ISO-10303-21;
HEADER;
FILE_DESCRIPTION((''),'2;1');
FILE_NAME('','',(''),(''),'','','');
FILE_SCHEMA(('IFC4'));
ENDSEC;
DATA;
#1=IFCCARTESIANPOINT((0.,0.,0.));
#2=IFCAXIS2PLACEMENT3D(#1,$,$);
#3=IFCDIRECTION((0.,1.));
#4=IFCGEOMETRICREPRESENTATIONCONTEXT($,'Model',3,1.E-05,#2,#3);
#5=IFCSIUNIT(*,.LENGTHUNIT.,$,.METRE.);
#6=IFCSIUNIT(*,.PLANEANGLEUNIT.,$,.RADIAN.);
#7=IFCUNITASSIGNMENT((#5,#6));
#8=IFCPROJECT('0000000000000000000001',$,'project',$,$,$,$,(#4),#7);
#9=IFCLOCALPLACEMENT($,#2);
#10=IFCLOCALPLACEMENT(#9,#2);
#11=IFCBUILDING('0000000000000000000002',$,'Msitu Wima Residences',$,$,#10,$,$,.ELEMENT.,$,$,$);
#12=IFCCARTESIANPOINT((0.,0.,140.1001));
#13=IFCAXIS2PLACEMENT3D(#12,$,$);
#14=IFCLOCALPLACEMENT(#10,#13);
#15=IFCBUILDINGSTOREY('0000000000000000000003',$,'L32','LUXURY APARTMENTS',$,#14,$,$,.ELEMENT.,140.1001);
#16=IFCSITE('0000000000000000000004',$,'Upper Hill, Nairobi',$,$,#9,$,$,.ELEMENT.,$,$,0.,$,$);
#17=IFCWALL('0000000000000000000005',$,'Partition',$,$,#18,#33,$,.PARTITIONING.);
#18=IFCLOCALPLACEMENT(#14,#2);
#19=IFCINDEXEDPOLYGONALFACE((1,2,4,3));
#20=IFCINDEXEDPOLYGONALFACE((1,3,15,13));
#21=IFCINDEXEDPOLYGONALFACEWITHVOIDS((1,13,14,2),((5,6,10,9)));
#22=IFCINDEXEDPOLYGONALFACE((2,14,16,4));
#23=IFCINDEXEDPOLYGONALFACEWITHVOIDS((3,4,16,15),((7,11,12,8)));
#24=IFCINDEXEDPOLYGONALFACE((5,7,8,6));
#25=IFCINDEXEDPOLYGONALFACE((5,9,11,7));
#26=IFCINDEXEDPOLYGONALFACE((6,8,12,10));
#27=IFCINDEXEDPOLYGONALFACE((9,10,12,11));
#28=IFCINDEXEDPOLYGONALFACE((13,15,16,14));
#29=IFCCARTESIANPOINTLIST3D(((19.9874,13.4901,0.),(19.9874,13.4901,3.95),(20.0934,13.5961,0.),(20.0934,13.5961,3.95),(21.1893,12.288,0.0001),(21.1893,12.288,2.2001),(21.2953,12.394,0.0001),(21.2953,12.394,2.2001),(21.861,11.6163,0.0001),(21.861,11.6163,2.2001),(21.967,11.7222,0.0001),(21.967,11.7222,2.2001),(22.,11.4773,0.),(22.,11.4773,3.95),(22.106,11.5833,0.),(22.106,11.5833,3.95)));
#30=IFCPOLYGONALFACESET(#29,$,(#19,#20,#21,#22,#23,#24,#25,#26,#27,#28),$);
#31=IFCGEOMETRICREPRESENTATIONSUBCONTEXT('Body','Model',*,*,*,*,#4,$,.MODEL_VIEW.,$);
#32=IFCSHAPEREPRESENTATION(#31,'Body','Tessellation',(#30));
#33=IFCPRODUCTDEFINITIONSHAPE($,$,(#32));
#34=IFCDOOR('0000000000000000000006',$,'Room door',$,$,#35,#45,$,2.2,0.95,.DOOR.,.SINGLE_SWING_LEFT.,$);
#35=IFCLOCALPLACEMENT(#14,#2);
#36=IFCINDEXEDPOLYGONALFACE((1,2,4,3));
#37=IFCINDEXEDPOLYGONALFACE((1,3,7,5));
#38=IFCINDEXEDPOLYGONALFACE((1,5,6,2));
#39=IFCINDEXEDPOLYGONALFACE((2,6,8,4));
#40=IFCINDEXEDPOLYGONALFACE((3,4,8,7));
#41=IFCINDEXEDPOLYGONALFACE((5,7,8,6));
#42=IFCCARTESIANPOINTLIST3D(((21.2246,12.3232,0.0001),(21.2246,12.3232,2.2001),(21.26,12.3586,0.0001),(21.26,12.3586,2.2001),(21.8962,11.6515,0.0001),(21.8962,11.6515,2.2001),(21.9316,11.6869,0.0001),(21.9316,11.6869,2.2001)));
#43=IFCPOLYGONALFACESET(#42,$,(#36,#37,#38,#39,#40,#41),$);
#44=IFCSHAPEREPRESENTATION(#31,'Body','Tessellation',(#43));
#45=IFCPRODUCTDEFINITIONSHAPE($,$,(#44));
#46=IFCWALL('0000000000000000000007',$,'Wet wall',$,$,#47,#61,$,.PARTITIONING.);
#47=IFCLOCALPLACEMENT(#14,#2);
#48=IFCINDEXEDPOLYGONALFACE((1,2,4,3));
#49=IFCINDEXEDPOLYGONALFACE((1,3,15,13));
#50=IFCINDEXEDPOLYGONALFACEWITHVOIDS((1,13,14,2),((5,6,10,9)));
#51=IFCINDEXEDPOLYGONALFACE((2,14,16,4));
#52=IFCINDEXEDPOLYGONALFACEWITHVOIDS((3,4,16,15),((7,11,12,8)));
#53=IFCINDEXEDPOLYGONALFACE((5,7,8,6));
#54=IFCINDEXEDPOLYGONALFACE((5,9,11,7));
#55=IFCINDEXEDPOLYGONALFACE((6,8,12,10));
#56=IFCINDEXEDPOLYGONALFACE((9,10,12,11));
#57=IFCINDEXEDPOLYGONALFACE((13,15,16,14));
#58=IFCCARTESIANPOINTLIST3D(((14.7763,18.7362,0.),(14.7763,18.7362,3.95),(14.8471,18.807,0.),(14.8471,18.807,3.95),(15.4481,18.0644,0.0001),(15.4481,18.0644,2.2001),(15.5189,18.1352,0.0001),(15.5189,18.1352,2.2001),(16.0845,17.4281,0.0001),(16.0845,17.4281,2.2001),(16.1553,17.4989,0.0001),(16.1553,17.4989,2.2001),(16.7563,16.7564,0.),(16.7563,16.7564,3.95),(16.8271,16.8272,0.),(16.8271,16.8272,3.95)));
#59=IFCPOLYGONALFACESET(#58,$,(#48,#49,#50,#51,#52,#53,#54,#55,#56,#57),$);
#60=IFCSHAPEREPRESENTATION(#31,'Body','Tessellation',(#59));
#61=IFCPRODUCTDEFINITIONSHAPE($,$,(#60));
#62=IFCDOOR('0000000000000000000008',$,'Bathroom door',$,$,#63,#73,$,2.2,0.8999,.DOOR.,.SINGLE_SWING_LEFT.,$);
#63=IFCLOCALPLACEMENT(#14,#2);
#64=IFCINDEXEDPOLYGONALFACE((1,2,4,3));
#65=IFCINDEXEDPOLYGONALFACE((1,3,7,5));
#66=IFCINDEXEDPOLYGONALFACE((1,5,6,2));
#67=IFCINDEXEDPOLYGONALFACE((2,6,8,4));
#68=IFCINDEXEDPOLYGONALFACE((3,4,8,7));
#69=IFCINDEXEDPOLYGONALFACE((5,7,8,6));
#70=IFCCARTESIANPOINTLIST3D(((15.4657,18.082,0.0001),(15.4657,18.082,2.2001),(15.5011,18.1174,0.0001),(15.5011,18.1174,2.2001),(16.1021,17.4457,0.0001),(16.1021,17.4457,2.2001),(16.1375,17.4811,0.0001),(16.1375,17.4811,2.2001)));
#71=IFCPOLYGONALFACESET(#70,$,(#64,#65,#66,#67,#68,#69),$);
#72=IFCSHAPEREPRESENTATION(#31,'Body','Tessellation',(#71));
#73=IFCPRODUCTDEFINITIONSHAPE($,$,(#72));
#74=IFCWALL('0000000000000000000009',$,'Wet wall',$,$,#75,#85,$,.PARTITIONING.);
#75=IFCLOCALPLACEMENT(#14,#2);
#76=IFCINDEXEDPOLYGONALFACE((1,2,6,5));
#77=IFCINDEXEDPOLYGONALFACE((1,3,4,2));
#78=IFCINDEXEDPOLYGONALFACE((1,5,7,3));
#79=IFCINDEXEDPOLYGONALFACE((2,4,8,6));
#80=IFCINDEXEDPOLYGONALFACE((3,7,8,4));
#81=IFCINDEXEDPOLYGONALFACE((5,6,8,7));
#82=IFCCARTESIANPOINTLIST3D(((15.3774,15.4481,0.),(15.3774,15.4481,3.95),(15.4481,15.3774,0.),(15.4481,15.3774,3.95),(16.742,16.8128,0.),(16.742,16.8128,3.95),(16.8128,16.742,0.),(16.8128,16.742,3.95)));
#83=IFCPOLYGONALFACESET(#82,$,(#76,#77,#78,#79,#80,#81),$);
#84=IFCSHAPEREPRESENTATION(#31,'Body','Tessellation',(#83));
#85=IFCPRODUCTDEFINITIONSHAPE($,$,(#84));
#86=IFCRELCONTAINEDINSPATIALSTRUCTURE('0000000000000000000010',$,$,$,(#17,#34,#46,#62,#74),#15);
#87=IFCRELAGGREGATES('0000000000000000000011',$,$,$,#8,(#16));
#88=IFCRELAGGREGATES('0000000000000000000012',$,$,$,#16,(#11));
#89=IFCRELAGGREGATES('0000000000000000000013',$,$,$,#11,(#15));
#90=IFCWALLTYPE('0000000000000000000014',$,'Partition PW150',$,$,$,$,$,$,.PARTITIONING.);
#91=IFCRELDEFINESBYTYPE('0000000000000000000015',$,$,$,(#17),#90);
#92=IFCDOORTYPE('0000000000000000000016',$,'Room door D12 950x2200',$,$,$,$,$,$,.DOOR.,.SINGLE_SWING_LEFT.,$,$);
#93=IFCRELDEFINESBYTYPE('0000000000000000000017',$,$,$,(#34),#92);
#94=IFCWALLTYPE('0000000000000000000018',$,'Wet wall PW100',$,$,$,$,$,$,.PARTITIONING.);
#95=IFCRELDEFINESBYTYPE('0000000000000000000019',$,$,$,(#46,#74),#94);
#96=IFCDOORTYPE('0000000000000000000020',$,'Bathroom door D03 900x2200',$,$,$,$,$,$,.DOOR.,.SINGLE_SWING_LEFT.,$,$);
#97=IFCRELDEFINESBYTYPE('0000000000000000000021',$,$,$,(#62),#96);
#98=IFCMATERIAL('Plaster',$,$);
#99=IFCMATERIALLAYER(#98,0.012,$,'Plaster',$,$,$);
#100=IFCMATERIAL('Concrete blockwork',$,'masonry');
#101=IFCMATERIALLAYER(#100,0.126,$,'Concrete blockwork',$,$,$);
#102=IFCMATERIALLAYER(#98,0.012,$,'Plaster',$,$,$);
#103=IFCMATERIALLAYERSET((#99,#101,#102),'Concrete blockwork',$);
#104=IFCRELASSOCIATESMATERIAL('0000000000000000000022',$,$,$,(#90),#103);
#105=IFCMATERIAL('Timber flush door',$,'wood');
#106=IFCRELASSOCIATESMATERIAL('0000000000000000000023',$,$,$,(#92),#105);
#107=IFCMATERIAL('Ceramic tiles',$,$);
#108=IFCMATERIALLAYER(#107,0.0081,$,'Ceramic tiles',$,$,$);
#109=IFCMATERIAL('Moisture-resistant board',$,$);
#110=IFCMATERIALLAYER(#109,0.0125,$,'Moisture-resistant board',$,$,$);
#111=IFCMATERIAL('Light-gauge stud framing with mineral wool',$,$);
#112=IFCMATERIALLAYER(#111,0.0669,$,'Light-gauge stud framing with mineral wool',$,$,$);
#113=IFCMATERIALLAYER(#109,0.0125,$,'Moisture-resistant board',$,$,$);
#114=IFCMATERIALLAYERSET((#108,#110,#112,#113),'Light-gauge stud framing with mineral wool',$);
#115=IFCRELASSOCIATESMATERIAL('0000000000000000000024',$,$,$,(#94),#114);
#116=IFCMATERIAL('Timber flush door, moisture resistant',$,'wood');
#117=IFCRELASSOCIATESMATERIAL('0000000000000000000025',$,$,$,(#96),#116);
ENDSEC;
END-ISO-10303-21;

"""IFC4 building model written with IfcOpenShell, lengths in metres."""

from ifc_helpers import new_model, si_unit, direction, frame, frame_2d, origin, place, context, subcontext, project, spatial, rectangle, extrude, material, layer, layer_set, type_object, element, fill, save


model = new_model("IFC4")

# Units and contexts
model_context = context("Model", 3, precision=1e-05, world=origin(), true_north=direction((0.0, 1.0)))
body_context = subcontext(model_context, "Body", "Model", "MODEL_VIEW")
ifc_project = project(units=[si_unit("LENGTHUNIT", "METRE"), si_unit("PLANEANGLEUNIT", "RADIAN")], contexts=[model_context])

# Site, building, storey
site_placement = place(None, origin())
site = spatial("IfcSite", under=ifc_project, at=site_placement, Name="Upper Hill, Nairobi", CompositionType="ELEMENT", RefElevation=0.0)
building_placement = place(site_placement, origin())
building = spatial("IfcBuilding", under=site, at=building_placement, Name="Msitu Wima Residences", CompositionType="ELEMENT")
storey_placement = place(building_placement, frame((0.0, 0.0, 140.1001)))
storey = spatial("IfcBuildingStorey", under=building, at=storey_placement, Name="L32", Description="LUXURY APARTMENTS", CompositionType="ELEMENT", Elevation=140.1001)

# Shared definitions
ifc_material_1 = material(Name="Plaster")
ifc_layer_1 = layer(ifc_material_1, 0.012, Name="Plaster")
ifc_material_2 = material(Name="Concrete blockwork", Category="masonry")
ifc_layer_2 = layer(ifc_material_2, 0.126, Name="Concrete blockwork")
ifc_layer_3 = layer(ifc_material_1, 0.012, Name="Plaster")
ifc_layer_set_1 = layer_set([ifc_layer_1, ifc_layer_2, ifc_layer_3], Name="Concrete blockwork")
wall_type_1 = type_object("IfcWallType", Name="Partition PW150", PredefinedType="PARTITIONING", material=ifc_layer_set_1)

# Walls, openings, doors
ifc_material_3 = material(Name="Timber flush door", Category="wood")
door_type_1 = type_object("IfcDoorType", Name="Room door D12 950x2200", OperationType="SINGLE_SWING_LEFT", PredefinedType="DOOR", material=ifc_material_3)
wall_1_placement = place(storey_placement, frame((20.0403, 13.5432, 0.0), z_axis=(0.0, 0.0, 1.0), x_axis=(0.707064, -0.70715, 0.0)))
wall_1 = element("IfcWall", 1, at=wall_1_placement, inside=storey, type_object=wall_type_1, Name="Partition", PredefinedType="PARTITIONING", context=body_context, shape_type="SweptSolid", body=[
    extrude(rectangle(XDim=2.8464, YDim=0.1499, at=frame_2d((1.4233, 0.0))), origin(), (0.0, 0.0, 1.0), 3.95),
])
opening_1_placement = place(wall_1_placement, frame((1.7, 0.0, 0.0)))
opening_1 = element("IfcOpeningElement", 2, at=opening_1_placement, cuts=wall_1, PredefinedType="OPENING", context=body_context, shape_type="SweptSolid", body=[
    extrude(rectangle(XDim=0.95, YDim=2.2, at=frame_2d((0.4751, 1.1001))), frame((0.0, 0.085, 0.0), z_axis=(0.0, -1.0, 0.0), x_axis=(1.0, 0.0, 0.0)), (0.0, 0.0, 1.0), 0.1699),
])
door_1_placement = place(opening_1_placement, origin())
door_1 = element("IfcDoor", 3, at=door_1_placement, inside=storey, type_object=door_type_1, Name="Room door", OperationType="SINGLE_SWING_LEFT", OverallHeight=2.2, OverallWidth=0.95, PredefinedType="DOOR", context=body_context, shape_type="SweptSolid", body=[
    extrude(rectangle(XDim=0.95, YDim=2.2, at=frame_2d((0.4751, 1.1001))), frame((0.0, 0.0249, 0.0), z_axis=(0.0, -1.0, 0.0), x_axis=(1.0, 0.0, 0.0)), (0.0, 0.0, 1.0), 0.05),
])
fill(opening_1, door_1)
ifc_material_4 = material(Name="Ceramic tiles")
ifc_layer_4 = layer(ifc_material_4, 0.0081, Name="Ceramic tiles")
ifc_material_5 = material(Name="Moisture-resistant board")
ifc_layer_5 = layer(ifc_material_5, 0.0125, Name="Moisture-resistant board")
ifc_material_6 = material(Name="Light-gauge stud framing with mineral wool")
ifc_layer_6 = layer(ifc_material_6, 0.0669, Name="Light-gauge stud framing with mineral wool")
ifc_layer_7 = layer(ifc_material_5, 0.0125, Name="Moisture-resistant board")
ifc_layer_set_2 = layer_set([ifc_layer_4, ifc_layer_5, ifc_layer_6, ifc_layer_7], Name="Light-gauge stud framing with mineral wool")
wall_type_2 = type_object("IfcWallType", Name="Wet wall PW100", PredefinedType="PARTITIONING", material=ifc_layer_set_2)
wall_2_placement = place(storey_placement, frame((14.8118, 18.7715, 0.0), z_axis=(0.0, 0.0, 1.0), x_axis=(0.70715, -0.707063, 0.0)))
wall_2 = element("IfcWall", 4, at=wall_2_placement, inside=storey, type_object=wall_type_2, Name="Wet wall", PredefinedType="PARTITIONING", context=body_context, shape_type="SweptSolid", body=[
    extrude(rectangle(XDim=2.8, YDim=0.1001, at=frame_2d((1.3999, 0.0))), origin(), (0.0, 0.0, 1.0), 3.95),
])
opening_2_placement = place(wall_2_placement, frame((0.95, 0.0, 0.0)))
opening_2 = element("IfcOpeningElement", 5, at=opening_2_placement, cuts=wall_2, PredefinedType="OPENING", context=body_context, shape_type="SweptSolid", body=[
    extrude(rectangle(XDim=0.8999, YDim=2.2, at=frame_2d((0.45, 1.1001))), frame((0.0, 0.0601, 0.0), z_axis=(0.0, -1.0, 0.0), x_axis=(1.0, 0.0, 0.0)), (0.0, 0.0, 1.0), 0.1201),
])
ifc_material_7 = material(Name="Timber flush door, moisture resistant", Category="wood")
door_type_2 = type_object("IfcDoorType", Name="Bathroom door D03 900x2200", OperationType="SINGLE_SWING_LEFT", PredefinedType="DOOR", material=ifc_material_7)
door_2_placement = place(opening_2_placement, origin())
door_2 = element("IfcDoor", 6, at=door_2_placement, inside=storey, type_object=door_type_2, Name="Bathroom door", OperationType="SINGLE_SWING_LEFT", OverallHeight=2.2, OverallWidth=0.8999, PredefinedType="DOOR", context=body_context, shape_type="SweptSolid", body=[
    extrude(rectangle(XDim=0.8999, YDim=2.2, at=frame_2d((0.45, 1.1001))), frame((0.0, 0.0249, 0.0), z_axis=(0.0, -1.0, 0.0), x_axis=(1.0, 0.0, 0.0)), (0.0, 0.0, 1.0), 0.05),
])
fill(opening_2, door_2)

# Wall
wall_3_placement = place(storey_placement, frame((15.4128, 15.4128, 0.0), z_axis=(0.0, 0.0, 1.0), x_axis=(0.707107, 0.707107, 0.0)))
element("IfcWall", 7, at=wall_3_placement, inside=storey, type_object=wall_type_2, Name="Wet wall", PredefinedType="PARTITIONING", context=body_context, shape_type="SweptSolid", body=[
    extrude(rectangle(XDim=1.9299, YDim=0.1001, at=frame_2d((0.9648, 0.0))), origin(), (0.0, 0.0, 1.0), 3.95),
])

save(model, "model.ifc")
